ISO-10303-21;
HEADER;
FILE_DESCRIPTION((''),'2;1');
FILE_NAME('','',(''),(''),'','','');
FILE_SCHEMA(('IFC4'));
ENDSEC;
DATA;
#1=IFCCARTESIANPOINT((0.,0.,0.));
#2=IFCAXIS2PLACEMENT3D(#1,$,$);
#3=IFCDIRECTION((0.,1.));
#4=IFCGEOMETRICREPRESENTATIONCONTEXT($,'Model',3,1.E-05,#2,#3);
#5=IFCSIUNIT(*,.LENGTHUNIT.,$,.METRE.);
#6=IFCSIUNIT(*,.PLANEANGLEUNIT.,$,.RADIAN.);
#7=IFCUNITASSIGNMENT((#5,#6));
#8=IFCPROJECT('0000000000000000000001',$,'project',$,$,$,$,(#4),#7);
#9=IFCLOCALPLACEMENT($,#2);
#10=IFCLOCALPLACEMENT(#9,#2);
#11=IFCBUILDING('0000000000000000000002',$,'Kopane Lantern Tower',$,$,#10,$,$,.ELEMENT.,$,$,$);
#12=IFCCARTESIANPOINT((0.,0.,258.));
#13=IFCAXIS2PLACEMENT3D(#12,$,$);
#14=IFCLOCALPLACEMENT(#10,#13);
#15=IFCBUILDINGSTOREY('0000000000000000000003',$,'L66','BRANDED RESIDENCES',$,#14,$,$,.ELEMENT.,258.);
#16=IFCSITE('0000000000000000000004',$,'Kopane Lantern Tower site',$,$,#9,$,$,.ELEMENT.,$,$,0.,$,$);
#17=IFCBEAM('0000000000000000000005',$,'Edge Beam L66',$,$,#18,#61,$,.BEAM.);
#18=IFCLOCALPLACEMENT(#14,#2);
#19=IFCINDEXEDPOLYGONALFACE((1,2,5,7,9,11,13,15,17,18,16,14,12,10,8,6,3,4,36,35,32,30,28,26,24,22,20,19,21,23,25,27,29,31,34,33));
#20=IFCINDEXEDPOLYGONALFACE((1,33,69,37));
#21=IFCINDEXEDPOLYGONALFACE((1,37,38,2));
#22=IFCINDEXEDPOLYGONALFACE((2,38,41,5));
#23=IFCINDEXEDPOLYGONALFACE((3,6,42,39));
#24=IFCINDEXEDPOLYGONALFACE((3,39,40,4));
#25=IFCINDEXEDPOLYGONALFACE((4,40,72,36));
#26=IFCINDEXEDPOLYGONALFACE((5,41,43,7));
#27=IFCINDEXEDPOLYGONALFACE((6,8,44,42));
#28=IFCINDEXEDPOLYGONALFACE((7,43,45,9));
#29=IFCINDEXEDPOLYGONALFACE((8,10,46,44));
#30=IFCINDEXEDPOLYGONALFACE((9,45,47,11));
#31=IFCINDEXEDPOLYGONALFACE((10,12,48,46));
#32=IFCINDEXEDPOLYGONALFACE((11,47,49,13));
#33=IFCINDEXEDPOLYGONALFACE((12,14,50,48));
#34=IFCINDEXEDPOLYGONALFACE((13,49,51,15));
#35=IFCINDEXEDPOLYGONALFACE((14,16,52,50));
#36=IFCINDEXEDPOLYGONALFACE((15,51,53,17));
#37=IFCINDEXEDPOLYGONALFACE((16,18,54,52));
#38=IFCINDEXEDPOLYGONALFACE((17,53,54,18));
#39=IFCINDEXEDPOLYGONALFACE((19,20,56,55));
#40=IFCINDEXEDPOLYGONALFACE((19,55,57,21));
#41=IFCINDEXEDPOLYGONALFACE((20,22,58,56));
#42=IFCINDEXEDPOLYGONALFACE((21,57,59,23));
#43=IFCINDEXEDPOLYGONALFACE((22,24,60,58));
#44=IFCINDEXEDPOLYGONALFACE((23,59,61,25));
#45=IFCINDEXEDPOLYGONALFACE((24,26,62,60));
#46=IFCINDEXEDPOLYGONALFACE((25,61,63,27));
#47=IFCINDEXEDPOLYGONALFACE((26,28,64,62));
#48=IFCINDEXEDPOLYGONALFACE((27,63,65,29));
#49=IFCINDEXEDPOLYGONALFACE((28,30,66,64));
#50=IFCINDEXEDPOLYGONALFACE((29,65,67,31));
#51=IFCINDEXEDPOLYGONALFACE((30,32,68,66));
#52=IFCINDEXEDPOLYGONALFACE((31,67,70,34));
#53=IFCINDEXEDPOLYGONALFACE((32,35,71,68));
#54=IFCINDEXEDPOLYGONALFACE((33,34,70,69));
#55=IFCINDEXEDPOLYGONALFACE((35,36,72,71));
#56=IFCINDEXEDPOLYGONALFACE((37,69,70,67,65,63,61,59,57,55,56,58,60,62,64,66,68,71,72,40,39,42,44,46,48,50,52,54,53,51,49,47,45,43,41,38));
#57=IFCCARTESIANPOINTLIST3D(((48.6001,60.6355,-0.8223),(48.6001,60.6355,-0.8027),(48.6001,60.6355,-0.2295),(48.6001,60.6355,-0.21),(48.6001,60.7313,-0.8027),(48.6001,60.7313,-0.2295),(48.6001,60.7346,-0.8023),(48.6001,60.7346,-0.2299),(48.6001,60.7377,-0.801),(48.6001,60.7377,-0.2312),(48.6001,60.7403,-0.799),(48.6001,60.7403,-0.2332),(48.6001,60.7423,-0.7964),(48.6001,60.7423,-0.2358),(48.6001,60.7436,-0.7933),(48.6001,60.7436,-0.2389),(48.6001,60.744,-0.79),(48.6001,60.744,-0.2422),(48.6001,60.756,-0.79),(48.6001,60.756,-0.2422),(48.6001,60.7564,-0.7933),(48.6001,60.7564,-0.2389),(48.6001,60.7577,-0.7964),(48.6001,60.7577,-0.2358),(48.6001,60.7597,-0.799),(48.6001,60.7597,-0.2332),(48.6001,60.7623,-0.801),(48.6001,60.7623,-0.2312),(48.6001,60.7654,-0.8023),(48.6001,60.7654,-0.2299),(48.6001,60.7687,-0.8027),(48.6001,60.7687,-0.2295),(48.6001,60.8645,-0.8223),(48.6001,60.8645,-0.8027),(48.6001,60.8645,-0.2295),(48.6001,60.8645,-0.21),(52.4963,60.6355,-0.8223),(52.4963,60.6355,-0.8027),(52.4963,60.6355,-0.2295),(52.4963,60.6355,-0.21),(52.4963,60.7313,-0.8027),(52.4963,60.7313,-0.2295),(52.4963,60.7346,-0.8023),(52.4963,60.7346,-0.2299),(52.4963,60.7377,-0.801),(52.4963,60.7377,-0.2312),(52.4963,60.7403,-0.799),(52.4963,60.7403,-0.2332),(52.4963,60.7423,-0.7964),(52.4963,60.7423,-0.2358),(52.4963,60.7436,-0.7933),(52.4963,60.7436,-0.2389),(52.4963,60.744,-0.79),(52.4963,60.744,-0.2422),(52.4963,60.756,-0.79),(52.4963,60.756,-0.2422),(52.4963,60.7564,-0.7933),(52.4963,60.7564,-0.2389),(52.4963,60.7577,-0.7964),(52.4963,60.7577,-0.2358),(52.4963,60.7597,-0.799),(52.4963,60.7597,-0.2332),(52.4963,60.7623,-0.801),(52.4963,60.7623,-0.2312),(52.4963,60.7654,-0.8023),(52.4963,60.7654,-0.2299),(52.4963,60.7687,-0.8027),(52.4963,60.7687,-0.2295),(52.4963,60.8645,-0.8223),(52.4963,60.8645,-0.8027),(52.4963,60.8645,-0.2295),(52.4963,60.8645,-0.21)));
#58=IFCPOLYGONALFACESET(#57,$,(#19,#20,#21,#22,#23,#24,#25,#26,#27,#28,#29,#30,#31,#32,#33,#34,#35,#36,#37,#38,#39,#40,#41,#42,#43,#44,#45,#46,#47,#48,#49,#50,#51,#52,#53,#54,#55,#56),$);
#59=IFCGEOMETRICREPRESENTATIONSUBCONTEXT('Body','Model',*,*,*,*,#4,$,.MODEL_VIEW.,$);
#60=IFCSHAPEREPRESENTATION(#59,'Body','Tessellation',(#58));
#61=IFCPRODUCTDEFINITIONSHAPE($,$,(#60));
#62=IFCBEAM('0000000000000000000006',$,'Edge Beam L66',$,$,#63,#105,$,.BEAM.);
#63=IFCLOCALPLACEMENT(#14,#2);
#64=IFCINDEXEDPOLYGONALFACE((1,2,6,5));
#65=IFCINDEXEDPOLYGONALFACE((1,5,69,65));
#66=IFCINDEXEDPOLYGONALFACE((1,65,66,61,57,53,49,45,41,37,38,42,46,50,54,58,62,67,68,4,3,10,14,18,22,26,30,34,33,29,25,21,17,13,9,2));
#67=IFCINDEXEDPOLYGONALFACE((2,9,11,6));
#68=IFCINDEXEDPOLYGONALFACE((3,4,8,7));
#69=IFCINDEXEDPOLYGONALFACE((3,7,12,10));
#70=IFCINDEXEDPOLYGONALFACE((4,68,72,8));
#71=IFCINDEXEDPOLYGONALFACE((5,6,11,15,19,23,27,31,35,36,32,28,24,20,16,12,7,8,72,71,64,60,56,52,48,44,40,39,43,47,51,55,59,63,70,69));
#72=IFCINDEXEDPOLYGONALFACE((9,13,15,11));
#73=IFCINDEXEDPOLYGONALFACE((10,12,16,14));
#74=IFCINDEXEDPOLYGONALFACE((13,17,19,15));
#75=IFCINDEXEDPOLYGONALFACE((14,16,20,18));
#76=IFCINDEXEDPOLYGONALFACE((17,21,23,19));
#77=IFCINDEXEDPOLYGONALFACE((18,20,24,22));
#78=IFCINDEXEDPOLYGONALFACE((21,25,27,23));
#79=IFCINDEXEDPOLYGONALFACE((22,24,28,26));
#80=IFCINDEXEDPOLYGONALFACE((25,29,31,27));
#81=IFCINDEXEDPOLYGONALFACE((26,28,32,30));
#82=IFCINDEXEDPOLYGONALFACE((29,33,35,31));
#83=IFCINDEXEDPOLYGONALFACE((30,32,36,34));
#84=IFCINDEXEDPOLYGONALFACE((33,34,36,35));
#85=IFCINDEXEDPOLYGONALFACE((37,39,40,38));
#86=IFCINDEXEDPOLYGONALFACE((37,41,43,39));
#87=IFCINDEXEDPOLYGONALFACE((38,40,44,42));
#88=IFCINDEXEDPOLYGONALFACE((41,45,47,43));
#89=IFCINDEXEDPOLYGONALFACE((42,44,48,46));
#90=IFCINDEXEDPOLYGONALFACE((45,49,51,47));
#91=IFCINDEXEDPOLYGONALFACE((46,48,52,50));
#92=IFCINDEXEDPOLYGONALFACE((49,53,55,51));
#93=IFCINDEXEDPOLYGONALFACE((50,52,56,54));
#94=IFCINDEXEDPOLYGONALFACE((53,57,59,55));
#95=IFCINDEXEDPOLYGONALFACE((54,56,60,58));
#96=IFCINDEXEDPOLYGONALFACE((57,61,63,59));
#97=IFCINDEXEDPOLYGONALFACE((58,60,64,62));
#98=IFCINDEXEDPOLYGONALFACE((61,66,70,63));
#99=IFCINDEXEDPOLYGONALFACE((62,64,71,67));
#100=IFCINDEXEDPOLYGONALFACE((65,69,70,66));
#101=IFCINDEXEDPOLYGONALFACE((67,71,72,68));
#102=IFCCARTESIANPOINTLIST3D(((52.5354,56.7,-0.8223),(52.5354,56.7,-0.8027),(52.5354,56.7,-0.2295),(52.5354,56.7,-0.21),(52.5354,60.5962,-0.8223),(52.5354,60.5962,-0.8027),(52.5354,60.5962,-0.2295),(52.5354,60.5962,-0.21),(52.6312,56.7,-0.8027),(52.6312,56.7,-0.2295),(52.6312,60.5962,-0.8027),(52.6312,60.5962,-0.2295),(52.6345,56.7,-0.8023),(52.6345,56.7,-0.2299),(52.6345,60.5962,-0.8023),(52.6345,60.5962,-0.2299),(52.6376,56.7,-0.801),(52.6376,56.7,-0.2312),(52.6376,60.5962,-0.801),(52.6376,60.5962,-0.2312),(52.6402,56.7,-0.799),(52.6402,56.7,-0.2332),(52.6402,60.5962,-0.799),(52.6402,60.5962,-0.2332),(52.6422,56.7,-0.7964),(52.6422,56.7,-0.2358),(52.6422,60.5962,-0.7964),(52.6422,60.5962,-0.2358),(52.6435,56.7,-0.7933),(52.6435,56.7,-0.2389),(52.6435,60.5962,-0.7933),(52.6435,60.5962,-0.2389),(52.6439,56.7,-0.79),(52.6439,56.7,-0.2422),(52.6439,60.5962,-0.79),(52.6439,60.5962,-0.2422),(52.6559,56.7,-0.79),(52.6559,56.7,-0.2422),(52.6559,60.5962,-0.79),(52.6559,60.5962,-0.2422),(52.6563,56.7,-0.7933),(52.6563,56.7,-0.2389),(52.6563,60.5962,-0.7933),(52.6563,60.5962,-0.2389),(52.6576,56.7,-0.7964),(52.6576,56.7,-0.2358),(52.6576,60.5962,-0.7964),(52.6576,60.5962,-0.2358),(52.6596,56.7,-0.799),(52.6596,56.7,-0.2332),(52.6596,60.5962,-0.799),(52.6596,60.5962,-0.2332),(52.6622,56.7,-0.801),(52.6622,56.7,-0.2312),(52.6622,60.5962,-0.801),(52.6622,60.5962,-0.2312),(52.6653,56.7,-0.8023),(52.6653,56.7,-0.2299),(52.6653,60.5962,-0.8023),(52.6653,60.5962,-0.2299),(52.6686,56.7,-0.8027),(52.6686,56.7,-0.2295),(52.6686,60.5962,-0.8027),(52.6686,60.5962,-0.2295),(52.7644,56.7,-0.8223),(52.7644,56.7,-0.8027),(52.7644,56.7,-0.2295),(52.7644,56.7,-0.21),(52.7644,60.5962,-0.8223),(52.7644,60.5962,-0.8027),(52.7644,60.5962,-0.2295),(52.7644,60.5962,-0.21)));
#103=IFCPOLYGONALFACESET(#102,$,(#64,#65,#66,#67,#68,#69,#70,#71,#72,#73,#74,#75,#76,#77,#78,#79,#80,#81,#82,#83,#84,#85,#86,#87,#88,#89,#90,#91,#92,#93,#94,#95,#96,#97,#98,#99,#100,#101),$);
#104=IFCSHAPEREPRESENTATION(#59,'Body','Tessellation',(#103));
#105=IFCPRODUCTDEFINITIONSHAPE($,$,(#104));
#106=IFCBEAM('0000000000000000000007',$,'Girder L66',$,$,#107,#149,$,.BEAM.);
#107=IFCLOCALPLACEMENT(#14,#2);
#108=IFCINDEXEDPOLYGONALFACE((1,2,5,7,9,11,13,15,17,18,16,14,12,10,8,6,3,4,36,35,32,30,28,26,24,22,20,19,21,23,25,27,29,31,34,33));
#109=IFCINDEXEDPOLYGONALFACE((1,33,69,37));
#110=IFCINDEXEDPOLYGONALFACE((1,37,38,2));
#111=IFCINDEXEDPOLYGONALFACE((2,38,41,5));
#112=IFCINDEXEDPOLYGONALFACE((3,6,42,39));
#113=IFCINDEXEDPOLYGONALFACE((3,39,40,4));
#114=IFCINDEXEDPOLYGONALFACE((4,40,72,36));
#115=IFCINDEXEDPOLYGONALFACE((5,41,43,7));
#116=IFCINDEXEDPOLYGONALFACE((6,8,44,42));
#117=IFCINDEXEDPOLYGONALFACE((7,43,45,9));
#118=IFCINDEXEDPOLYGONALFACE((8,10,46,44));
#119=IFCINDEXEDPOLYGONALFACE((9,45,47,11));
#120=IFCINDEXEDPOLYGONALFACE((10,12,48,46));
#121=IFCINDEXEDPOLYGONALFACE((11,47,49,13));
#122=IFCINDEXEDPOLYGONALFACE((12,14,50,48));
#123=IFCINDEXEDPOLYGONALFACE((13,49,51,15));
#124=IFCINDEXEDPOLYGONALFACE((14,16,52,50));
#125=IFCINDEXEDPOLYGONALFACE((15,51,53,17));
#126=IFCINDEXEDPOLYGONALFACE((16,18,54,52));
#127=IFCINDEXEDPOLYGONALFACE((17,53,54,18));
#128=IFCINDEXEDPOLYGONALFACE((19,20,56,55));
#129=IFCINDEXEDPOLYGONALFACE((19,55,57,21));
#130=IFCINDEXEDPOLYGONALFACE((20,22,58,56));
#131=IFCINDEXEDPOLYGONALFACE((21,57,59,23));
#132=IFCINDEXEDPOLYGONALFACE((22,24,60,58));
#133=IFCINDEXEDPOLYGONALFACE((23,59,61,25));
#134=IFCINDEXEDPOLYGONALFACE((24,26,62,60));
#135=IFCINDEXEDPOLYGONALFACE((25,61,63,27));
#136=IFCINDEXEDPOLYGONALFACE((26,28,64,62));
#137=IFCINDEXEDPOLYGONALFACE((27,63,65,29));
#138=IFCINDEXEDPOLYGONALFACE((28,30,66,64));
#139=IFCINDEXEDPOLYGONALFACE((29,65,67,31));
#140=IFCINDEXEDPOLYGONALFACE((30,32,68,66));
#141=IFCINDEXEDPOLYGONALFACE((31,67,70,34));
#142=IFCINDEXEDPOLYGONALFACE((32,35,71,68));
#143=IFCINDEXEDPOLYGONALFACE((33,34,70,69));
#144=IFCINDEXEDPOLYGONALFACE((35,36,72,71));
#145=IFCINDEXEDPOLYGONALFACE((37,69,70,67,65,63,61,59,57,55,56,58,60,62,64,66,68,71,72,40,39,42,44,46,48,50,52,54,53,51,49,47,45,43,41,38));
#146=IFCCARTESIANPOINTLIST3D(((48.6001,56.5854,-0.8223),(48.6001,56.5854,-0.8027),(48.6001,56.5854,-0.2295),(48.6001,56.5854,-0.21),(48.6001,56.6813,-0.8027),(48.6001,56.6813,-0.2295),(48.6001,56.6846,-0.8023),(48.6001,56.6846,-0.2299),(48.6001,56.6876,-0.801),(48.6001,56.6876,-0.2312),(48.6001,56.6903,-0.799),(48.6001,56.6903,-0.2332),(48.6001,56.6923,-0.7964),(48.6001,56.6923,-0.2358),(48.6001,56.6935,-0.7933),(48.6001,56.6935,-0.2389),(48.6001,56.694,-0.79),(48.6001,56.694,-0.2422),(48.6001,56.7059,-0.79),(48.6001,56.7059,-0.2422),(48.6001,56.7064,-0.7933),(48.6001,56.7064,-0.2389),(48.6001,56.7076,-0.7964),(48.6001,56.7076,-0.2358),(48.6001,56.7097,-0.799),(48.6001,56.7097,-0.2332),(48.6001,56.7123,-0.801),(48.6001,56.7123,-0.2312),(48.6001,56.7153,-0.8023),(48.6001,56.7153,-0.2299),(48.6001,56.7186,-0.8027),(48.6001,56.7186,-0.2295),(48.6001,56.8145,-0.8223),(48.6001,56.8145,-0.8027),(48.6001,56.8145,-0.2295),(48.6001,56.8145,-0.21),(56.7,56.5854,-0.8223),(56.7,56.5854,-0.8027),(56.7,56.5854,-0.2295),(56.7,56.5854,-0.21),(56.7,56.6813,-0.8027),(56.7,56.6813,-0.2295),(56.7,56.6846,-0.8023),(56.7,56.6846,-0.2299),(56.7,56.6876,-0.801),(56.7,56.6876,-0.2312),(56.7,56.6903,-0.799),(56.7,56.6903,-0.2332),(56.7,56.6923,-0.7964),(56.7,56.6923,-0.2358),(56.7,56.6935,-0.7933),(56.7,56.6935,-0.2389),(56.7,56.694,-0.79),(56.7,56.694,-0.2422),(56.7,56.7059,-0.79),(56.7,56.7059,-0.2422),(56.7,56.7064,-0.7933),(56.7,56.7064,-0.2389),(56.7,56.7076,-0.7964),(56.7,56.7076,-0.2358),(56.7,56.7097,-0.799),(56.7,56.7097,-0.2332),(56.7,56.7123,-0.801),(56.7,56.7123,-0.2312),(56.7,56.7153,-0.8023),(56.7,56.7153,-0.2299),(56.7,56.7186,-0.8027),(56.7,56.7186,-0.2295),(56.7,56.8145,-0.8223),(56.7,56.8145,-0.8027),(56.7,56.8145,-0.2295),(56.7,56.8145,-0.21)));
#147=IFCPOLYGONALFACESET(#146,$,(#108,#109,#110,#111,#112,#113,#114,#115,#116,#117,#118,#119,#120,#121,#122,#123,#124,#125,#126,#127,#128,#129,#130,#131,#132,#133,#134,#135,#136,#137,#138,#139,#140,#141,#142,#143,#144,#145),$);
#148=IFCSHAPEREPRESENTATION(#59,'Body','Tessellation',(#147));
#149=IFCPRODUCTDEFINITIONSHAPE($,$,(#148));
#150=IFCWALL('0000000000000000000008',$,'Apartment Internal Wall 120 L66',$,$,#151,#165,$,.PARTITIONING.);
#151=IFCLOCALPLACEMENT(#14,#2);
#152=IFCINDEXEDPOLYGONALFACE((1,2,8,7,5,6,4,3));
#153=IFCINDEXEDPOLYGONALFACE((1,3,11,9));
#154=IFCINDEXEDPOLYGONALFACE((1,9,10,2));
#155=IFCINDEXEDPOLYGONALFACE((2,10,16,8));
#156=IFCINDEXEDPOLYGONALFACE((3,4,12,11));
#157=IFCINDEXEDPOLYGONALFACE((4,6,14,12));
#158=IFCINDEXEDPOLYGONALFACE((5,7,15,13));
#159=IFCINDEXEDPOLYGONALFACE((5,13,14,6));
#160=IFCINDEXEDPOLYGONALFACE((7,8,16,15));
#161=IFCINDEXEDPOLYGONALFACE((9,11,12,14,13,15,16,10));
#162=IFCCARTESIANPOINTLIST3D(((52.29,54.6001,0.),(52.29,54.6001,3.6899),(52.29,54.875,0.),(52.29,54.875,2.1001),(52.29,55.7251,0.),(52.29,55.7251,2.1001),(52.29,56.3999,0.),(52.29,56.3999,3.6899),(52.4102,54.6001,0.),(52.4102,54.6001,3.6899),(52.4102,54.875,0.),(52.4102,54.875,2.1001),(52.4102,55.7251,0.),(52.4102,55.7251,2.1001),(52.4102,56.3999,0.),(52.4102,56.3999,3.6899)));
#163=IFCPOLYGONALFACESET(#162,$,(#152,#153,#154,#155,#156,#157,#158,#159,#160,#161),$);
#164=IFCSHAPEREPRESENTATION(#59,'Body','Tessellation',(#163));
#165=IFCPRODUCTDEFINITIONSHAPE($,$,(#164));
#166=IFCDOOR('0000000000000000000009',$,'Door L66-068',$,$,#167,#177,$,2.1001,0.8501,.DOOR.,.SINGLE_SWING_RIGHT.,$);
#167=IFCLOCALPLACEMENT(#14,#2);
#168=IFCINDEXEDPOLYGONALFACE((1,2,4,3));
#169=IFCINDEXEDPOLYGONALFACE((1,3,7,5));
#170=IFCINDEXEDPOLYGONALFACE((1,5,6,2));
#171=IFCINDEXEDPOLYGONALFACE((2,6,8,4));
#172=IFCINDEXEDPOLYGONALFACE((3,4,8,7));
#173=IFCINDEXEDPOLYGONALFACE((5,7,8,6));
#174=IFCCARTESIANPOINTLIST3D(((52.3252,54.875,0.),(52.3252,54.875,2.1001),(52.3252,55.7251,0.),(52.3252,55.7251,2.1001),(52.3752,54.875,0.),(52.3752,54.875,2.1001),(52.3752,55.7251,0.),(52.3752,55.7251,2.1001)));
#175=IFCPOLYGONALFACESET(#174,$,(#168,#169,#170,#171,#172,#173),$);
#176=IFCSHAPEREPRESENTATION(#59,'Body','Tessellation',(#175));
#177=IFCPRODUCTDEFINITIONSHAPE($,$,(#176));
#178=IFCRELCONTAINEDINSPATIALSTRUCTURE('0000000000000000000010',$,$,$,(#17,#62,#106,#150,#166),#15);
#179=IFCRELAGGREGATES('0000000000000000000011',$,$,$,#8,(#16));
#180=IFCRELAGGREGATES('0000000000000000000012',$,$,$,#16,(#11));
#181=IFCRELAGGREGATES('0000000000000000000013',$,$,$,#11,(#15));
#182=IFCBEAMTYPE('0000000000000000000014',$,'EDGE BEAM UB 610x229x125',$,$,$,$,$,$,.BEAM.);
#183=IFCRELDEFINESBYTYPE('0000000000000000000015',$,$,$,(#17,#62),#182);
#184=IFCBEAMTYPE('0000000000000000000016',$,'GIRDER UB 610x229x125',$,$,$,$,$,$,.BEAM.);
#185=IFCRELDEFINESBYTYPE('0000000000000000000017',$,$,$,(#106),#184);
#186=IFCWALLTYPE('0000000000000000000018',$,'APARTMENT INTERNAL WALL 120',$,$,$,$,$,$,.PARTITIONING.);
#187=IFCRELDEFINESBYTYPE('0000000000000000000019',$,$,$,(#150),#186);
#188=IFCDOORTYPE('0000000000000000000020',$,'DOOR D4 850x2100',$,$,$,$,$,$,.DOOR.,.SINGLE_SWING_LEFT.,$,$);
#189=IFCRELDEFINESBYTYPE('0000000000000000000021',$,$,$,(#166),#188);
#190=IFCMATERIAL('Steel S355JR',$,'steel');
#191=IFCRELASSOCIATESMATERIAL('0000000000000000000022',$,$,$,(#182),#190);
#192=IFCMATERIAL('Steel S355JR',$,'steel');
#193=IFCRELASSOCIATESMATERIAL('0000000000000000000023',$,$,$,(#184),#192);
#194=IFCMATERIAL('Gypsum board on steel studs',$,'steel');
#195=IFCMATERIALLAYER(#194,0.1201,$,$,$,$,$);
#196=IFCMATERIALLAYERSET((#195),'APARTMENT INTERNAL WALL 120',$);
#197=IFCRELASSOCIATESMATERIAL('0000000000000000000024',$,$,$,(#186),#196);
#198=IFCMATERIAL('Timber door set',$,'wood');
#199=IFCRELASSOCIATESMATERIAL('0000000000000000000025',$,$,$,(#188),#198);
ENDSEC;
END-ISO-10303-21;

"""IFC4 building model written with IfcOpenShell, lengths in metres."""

from ifc_helpers import new_model, si_unit, direction, frame, frame_2d, origin, origin_2d, place, context, subcontext, project, spatial, rectangle, i_section, extrude, material, layer, layer_set, material_profile, profile_set, type_object, element, fill, save


model = new_model("IFC4")

# Units and contexts
model_context = context("Model", 3, precision=1e-05, world=origin(), true_north=direction((0.0, 1.0)))
body_context = subcontext(model_context, "Body", "Model", "MODEL_VIEW")
ifc_project = project(units=[si_unit("LENGTHUNIT", "METRE"), si_unit("PLANEANGLEUNIT", "RADIAN")], contexts=[model_context])

# Site, building, storey
site_placement = place(None, origin())
site = spatial("IfcSite", under=ifc_project, at=site_placement, Name="Kopane Lantern Tower site", CompositionType="ELEMENT", RefElevation=0.0)
building_placement = place(site_placement, origin())
building = spatial("IfcBuilding", under=site, at=building_placement, Name="Kopane Lantern Tower", CompositionType="ELEMENT")
storey_placement = place(building_placement, frame((0.0, 0.0, 258.0)))
storey = spatial("IfcBuildingStorey", under=building, at=storey_placement, Name="L66", Description="BRANDED RESIDENCES", CompositionType="ELEMENT", Elevation=258.0)

# Beams
ifc_material_1 = material(Name="Steel S355JR", Category="steel")
ifc_material_profile_1 = material_profile(ifc_material_1, i_section(OverallWidth=0.229, OverallDepth=0.6123, WebThickness=0.012, FlangeThickness=0.0195, FilletRadius=0.0127, at=origin_2d()), Name="UB 610x229x125")
ifc_profile_set_1 = profile_set([ifc_material_profile_1], Name="Steel S355JR")
beam_type_1 = type_object("IfcBeamType", Name="EDGE BEAM UB 610x229x125", PredefinedType="BEAM", material=ifc_profile_set_1)
for number, where, z_axis, x_axis, name in (
    (1, (52.4963, 60.75, -0.5161), (-1.0, 0.0, 0.0), (0.0, -1.0, 0.0), "Edge Beam L66"),
    (2, (52.6499, 60.5962, -0.5161), (0.0, -1.0, 0.0), (1.0, 0.0, 0.0), "Edge Beam L66"),
):
    element("IfcBeam", number, at=place(storey_placement, frame(where, z_axis=z_axis, x_axis=x_axis)), inside=storey, type_object=beam_type_1, Name=name, PredefinedType="BEAM", context=body_context, shape_type="SweptSolid", body=[
        extrude(i_section(OverallWidth=0.229, OverallDepth=0.6123, WebThickness=0.012, FlangeThickness=0.0195, FilletRadius=0.0127, at=origin_2d()), origin(), (0.0, 0.0, 1.0), 3.8962),
    ])
ifc_material_2 = material(Name="Steel S355JR", Category="steel")
ifc_material_profile_2 = material_profile(ifc_material_2, i_section(OverallWidth=0.229, OverallDepth=0.6123, WebThickness=0.012, FlangeThickness=0.0195, FilletRadius=0.0127, at=origin_2d()), Name="UB 610x229x125")
ifc_profile_set_2 = profile_set([ifc_material_profile_2], Name="Steel S355JR")
beam_type_2 = type_object("IfcBeamType", Name="GIRDER UB 610x229x125", PredefinedType="BEAM", material=ifc_profile_set_2)
beam_1_placement = place(storey_placement, frame((48.6001, 56.7, -0.5161), z_axis=(1.0, 0.0, 0.0), x_axis=(0.0, 1.0, 0.0)))
element("IfcBeam", 3, at=beam_1_placement, inside=storey, type_object=beam_type_2, Name="Girder L66", PredefinedType="BEAM", context=body_context, shape_type="SweptSolid", body=[
    extrude(i_section(OverallWidth=0.229, OverallDepth=0.6123, WebThickness=0.012, FlangeThickness=0.0195, FilletRadius=0.0127, at=origin_2d()), origin(), (0.0, 0.0, 1.0), 8.0999),
])

# Wall, opening, door
ifc_material_3 = material(Name="Gypsum board on steel studs", Category="steel")
ifc_layer_1 = layer(ifc_material_3, 0.1201)
ifc_layer_set_1 = layer_set([ifc_layer_1], Name="APARTMENT INTERNAL WALL 120")
wall_type_1 = type_object("IfcWallType", Name="APARTMENT INTERNAL WALL 120", PredefinedType="PARTITIONING", material=ifc_layer_set_1)
wall_1_placement = place(storey_placement, frame((52.3501, 54.6001, 0.0), z_axis=(0.0, 0.0, 1.0), x_axis=(0.0, 1.0, 0.0)))
wall_1 = element("IfcWall", 4, at=wall_1_placement, inside=storey, type_object=wall_type_1, Name="Apartment Internal Wall 120 L66", PredefinedType="PARTITIONING", context=body_context, shape_type="SweptSolid", body=[
    extrude(rectangle(XDim=1.7998, YDim=0.1201, at=frame_2d((0.8999, 0.0))), origin(), (0.0, 0.0, 1.0), 3.6899),
])
opening_1_placement = place(wall_1_placement, frame((0.2749, 0.0, 0.0)))
opening_1 = element("IfcOpeningElement", 5, at=opening_1_placement, cuts=wall_1, PredefinedType="OPENING", context=body_context, shape_type="SweptSolid", body=[
    extrude(rectangle(XDim=0.8501, YDim=2.1001, at=frame_2d((0.425, 1.05))), frame((0.0, 0.0701, 0.0), z_axis=(0.0, -1.0, 0.0), x_axis=(1.0, 0.0, 0.0)), (0.0, 0.0, 1.0), 0.1401),
])
ifc_material_4 = material(Name="Timber door set", Category="wood")
door_type = type_object("IfcDoorType", Name="DOOR D4 850x2100", OperationType="SINGLE_SWING_LEFT", PredefinedType="DOOR", material=ifc_material_4)
door_placement = place(opening_1_placement, origin())
door = element("IfcDoor", 6, at=door_placement, inside=storey, type_object=door_type, Name="Door L66-068", OperationType="SINGLE_SWING_RIGHT", OverallHeight=2.1001, OverallWidth=0.8501, PredefinedType="DOOR", context=body_context, shape_type="SweptSolid", body=[
    extrude(rectangle(XDim=0.8501, YDim=2.1001, at=frame_2d((0.425, 1.05))), frame((0.0, 0.0249, 0.0), z_axis=(0.0, -1.0, 0.0), x_axis=(1.0, 0.0, 0.0)), (0.0, 0.0, 1.0), 0.05),
])
fill(opening_1, door)

save(model, "model.ifc")
